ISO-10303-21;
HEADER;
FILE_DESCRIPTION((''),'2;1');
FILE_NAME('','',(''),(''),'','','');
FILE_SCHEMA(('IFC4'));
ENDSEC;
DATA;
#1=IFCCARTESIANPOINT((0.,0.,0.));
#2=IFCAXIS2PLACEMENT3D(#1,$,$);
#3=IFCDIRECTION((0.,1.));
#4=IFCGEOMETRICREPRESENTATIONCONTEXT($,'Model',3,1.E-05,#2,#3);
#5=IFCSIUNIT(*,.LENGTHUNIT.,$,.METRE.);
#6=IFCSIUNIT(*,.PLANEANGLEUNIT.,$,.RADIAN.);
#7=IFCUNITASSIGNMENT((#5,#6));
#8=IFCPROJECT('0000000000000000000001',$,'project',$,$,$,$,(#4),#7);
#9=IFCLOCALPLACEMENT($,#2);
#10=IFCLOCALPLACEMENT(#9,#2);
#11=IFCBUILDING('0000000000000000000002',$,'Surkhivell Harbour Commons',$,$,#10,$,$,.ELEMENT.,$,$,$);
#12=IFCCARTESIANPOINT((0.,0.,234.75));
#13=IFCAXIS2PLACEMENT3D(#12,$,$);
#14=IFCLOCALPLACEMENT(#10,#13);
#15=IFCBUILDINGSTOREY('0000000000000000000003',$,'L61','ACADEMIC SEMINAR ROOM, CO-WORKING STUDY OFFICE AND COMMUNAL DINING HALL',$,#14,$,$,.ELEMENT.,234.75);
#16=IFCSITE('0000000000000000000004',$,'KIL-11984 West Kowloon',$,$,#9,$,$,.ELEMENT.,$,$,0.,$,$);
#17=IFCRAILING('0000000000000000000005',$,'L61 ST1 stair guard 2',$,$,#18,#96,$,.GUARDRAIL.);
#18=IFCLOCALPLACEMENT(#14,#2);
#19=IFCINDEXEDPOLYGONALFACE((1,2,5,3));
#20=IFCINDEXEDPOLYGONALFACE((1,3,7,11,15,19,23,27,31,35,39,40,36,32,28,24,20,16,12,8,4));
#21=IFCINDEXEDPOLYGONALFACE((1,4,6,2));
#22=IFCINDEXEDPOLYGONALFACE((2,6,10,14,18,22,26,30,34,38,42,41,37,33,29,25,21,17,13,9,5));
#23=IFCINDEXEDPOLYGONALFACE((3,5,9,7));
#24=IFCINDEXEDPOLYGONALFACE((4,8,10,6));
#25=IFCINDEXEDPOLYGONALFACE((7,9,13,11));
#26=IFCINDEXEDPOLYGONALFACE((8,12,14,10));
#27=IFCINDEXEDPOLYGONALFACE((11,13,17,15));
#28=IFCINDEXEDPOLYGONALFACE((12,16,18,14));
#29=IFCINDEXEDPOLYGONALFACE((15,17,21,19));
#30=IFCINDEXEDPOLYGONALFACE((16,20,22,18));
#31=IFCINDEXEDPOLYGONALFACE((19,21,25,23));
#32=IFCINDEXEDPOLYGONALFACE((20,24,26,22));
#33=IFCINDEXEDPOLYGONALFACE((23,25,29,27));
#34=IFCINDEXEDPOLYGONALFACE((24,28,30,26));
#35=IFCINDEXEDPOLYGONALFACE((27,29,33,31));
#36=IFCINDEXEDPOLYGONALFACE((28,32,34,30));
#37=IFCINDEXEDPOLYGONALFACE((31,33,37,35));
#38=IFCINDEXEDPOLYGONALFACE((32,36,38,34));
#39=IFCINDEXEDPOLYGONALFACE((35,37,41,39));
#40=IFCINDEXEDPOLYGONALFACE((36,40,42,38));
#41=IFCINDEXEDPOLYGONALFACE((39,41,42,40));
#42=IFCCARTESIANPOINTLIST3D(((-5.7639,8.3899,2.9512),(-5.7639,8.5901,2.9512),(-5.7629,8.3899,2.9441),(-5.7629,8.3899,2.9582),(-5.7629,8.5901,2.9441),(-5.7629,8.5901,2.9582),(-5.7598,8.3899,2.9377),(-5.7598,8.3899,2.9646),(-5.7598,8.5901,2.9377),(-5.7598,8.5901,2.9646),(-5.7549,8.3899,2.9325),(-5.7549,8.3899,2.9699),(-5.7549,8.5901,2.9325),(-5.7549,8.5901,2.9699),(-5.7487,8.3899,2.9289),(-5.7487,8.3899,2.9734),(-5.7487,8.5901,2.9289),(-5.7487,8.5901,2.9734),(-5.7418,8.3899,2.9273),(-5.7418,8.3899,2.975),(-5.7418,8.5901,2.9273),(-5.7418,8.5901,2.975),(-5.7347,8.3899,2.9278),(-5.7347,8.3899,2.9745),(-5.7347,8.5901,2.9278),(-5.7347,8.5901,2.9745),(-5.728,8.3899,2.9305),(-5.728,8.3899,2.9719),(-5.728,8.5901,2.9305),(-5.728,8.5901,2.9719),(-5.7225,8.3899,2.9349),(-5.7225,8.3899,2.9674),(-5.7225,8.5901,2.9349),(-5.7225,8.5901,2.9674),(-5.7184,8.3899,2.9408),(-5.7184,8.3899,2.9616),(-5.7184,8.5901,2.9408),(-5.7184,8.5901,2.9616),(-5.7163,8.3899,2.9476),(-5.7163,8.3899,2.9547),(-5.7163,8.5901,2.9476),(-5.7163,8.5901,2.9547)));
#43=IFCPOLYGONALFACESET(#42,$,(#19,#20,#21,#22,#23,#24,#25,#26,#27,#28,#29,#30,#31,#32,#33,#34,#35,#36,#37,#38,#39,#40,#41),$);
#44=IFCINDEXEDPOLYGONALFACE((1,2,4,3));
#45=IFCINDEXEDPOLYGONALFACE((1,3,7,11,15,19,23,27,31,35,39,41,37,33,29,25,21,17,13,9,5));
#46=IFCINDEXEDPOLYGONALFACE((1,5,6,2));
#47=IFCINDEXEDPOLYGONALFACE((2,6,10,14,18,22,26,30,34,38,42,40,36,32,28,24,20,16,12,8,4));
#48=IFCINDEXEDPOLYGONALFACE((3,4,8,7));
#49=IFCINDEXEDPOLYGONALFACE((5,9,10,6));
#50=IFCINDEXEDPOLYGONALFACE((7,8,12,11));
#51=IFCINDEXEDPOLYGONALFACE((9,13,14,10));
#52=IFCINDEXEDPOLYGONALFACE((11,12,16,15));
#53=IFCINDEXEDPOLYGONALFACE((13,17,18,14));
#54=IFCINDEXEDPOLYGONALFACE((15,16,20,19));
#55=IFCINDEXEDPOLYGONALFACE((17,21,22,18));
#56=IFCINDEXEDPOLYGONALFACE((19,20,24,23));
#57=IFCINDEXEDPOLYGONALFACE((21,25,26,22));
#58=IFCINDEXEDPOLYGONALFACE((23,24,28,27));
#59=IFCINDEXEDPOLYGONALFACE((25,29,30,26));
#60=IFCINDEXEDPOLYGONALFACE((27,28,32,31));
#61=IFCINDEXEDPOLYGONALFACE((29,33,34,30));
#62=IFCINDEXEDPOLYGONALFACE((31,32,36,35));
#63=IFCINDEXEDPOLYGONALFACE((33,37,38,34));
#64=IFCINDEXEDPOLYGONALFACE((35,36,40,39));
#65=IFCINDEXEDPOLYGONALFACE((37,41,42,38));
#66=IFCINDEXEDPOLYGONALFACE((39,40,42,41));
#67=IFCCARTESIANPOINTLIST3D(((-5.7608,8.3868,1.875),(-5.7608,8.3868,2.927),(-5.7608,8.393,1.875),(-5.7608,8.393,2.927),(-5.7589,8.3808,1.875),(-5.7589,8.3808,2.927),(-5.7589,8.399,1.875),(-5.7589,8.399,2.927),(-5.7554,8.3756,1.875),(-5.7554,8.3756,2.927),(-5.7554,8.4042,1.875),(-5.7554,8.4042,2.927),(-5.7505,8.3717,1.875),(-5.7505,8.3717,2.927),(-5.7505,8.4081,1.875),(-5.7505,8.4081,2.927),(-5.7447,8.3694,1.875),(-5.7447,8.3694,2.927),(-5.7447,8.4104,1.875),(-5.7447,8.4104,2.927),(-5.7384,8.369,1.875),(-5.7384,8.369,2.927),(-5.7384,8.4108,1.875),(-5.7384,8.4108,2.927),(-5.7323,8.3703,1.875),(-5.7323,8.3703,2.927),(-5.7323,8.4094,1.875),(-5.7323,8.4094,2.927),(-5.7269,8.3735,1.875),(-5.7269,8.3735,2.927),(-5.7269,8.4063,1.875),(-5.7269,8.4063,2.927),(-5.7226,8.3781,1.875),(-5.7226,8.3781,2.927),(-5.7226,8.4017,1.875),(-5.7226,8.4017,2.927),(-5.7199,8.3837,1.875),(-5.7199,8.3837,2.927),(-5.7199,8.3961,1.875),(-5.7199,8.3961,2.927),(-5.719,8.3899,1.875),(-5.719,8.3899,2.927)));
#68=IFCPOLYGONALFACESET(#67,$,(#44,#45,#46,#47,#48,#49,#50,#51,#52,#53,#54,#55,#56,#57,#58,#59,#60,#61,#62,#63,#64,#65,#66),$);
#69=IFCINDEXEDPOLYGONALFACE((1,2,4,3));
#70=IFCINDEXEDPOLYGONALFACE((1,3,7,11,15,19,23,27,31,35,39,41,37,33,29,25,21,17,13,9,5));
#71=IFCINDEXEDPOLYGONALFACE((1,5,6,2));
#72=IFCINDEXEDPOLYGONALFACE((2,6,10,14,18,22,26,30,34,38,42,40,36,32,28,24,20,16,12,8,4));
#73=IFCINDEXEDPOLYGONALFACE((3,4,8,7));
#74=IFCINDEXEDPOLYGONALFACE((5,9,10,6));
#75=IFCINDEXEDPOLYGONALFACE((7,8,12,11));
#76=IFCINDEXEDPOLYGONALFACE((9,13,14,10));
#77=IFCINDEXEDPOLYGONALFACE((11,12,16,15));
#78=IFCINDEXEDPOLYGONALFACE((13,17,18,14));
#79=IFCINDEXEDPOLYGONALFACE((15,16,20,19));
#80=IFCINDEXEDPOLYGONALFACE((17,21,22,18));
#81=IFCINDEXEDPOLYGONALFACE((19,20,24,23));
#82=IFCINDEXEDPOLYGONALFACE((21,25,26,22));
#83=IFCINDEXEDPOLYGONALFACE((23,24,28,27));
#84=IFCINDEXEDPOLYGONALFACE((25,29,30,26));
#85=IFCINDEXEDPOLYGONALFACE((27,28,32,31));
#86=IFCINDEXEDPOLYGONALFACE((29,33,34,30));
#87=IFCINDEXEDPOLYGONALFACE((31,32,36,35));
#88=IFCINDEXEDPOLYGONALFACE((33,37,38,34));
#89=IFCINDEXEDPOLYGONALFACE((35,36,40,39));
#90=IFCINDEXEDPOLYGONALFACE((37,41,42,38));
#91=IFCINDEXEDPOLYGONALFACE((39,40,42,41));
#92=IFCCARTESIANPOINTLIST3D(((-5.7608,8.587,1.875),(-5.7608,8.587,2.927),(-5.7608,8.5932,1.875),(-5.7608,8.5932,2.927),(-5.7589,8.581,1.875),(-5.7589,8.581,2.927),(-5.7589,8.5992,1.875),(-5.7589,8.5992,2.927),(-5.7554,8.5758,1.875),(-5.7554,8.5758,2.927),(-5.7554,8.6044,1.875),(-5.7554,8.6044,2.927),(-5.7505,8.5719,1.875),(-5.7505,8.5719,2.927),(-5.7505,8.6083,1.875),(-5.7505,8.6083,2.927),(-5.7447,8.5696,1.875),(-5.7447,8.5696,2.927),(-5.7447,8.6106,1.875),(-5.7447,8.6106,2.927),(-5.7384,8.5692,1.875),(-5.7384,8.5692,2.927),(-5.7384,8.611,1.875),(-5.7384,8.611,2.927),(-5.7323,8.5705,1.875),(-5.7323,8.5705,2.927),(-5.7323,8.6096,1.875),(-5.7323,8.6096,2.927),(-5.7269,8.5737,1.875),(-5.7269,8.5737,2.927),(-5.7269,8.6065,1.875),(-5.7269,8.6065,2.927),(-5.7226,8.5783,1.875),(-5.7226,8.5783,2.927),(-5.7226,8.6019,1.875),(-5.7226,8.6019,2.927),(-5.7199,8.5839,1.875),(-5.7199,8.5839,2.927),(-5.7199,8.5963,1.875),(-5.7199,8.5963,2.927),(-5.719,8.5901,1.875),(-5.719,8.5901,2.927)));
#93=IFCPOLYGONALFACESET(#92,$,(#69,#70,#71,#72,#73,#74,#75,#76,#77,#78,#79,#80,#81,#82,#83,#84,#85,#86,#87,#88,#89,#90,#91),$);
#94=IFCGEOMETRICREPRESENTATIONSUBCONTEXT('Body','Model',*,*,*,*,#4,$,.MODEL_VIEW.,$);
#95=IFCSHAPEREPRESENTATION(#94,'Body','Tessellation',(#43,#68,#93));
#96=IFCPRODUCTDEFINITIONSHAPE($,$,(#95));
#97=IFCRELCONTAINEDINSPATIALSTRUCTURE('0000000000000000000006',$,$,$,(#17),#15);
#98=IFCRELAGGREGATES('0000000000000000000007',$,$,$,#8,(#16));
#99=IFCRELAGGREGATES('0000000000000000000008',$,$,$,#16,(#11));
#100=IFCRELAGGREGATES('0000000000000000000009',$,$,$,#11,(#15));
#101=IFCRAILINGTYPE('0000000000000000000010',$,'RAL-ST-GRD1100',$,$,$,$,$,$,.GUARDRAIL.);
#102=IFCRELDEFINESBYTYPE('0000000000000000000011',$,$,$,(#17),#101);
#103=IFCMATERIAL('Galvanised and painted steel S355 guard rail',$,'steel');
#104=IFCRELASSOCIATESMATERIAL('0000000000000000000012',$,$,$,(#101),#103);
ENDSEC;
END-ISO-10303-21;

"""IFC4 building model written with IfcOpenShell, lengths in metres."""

from ifc_helpers import new_model, si_unit, direction, frame, origin, origin_2d, place, context, subcontext, project, spatial, circle, extrude, material, type_object, element, save


model = new_model("IFC4")

# Units and contexts
model_context = context("Model", 3, precision=1e-05, world=origin(), true_north=direction((0.0, 1.0)))
body_context = subcontext(model_context, "Body", "Model", "MODEL_VIEW")
ifc_project = project(units=[si_unit("LENGTHUNIT", "METRE"), si_unit("PLANEANGLEUNIT", "RADIAN")], contexts=[model_context])

# Site, building, storey
site_placement = place(None, origin())
site = spatial("IfcSite", under=ifc_project, at=site_placement, Name="KIL-11984 West Kowloon", CompositionType="ELEMENT", RefElevation=0.0)
building_placement = place(site_placement, origin())
building = spatial("IfcBuilding", under=site, at=building_placement, Name="Surkhivell Harbour Commons", CompositionType="ELEMENT")
storey_placement = place(building_placement, frame((0.0, 0.0, 234.75)))
storey = spatial("IfcBuildingStorey", under=building, at=storey_placement, Name="L61", Description="ACADEMIC SEMINAR ROOM, CO-WORKING STUDY OFFICE AND COMMUNAL DINING HALL", CompositionType="ELEMENT", Elevation=234.75)

# Railing
ifc_material_1 = material(Name="Galvanised and painted steel S355 guard rail", Category="steel")
railing_type_1 = type_object("IfcRailingType", Name="RAL-ST-GRD1100", PredefinedType="GUARDRAIL", material=ifc_material_1)
railing_1_placement = place(storey_placement, frame((-5.74, 8.3899, 1.875)))
element("IfcRailing", 1, at=railing_1_placement, inside=storey, type_object=railing_type_1, Name="L61 ST1 stair guard 2", PredefinedType="GUARDRAIL", context=body_context, shape_type="SweptSolid", body=[
    extrude(circle(Radius=0.0239, at=origin_2d()), frame((0.0, 0.0, 1.0762), z_axis=(0.0, 1.0, 0.0), x_axis=(-1.0, 0.0, 0.0)), (0.0, 0.0, 1.0), 0.2002),
    extrude(circle(Radius=0.021, at=origin_2d()), origin(), (0.0, 0.0, 1.0), 1.052),
    extrude(circle(Radius=0.021, at=origin_2d()), frame((0.0, 0.2002, 0.0)), (0.0, 0.0, 1.0), 1.052),
])

save(model, "model.ifc")
